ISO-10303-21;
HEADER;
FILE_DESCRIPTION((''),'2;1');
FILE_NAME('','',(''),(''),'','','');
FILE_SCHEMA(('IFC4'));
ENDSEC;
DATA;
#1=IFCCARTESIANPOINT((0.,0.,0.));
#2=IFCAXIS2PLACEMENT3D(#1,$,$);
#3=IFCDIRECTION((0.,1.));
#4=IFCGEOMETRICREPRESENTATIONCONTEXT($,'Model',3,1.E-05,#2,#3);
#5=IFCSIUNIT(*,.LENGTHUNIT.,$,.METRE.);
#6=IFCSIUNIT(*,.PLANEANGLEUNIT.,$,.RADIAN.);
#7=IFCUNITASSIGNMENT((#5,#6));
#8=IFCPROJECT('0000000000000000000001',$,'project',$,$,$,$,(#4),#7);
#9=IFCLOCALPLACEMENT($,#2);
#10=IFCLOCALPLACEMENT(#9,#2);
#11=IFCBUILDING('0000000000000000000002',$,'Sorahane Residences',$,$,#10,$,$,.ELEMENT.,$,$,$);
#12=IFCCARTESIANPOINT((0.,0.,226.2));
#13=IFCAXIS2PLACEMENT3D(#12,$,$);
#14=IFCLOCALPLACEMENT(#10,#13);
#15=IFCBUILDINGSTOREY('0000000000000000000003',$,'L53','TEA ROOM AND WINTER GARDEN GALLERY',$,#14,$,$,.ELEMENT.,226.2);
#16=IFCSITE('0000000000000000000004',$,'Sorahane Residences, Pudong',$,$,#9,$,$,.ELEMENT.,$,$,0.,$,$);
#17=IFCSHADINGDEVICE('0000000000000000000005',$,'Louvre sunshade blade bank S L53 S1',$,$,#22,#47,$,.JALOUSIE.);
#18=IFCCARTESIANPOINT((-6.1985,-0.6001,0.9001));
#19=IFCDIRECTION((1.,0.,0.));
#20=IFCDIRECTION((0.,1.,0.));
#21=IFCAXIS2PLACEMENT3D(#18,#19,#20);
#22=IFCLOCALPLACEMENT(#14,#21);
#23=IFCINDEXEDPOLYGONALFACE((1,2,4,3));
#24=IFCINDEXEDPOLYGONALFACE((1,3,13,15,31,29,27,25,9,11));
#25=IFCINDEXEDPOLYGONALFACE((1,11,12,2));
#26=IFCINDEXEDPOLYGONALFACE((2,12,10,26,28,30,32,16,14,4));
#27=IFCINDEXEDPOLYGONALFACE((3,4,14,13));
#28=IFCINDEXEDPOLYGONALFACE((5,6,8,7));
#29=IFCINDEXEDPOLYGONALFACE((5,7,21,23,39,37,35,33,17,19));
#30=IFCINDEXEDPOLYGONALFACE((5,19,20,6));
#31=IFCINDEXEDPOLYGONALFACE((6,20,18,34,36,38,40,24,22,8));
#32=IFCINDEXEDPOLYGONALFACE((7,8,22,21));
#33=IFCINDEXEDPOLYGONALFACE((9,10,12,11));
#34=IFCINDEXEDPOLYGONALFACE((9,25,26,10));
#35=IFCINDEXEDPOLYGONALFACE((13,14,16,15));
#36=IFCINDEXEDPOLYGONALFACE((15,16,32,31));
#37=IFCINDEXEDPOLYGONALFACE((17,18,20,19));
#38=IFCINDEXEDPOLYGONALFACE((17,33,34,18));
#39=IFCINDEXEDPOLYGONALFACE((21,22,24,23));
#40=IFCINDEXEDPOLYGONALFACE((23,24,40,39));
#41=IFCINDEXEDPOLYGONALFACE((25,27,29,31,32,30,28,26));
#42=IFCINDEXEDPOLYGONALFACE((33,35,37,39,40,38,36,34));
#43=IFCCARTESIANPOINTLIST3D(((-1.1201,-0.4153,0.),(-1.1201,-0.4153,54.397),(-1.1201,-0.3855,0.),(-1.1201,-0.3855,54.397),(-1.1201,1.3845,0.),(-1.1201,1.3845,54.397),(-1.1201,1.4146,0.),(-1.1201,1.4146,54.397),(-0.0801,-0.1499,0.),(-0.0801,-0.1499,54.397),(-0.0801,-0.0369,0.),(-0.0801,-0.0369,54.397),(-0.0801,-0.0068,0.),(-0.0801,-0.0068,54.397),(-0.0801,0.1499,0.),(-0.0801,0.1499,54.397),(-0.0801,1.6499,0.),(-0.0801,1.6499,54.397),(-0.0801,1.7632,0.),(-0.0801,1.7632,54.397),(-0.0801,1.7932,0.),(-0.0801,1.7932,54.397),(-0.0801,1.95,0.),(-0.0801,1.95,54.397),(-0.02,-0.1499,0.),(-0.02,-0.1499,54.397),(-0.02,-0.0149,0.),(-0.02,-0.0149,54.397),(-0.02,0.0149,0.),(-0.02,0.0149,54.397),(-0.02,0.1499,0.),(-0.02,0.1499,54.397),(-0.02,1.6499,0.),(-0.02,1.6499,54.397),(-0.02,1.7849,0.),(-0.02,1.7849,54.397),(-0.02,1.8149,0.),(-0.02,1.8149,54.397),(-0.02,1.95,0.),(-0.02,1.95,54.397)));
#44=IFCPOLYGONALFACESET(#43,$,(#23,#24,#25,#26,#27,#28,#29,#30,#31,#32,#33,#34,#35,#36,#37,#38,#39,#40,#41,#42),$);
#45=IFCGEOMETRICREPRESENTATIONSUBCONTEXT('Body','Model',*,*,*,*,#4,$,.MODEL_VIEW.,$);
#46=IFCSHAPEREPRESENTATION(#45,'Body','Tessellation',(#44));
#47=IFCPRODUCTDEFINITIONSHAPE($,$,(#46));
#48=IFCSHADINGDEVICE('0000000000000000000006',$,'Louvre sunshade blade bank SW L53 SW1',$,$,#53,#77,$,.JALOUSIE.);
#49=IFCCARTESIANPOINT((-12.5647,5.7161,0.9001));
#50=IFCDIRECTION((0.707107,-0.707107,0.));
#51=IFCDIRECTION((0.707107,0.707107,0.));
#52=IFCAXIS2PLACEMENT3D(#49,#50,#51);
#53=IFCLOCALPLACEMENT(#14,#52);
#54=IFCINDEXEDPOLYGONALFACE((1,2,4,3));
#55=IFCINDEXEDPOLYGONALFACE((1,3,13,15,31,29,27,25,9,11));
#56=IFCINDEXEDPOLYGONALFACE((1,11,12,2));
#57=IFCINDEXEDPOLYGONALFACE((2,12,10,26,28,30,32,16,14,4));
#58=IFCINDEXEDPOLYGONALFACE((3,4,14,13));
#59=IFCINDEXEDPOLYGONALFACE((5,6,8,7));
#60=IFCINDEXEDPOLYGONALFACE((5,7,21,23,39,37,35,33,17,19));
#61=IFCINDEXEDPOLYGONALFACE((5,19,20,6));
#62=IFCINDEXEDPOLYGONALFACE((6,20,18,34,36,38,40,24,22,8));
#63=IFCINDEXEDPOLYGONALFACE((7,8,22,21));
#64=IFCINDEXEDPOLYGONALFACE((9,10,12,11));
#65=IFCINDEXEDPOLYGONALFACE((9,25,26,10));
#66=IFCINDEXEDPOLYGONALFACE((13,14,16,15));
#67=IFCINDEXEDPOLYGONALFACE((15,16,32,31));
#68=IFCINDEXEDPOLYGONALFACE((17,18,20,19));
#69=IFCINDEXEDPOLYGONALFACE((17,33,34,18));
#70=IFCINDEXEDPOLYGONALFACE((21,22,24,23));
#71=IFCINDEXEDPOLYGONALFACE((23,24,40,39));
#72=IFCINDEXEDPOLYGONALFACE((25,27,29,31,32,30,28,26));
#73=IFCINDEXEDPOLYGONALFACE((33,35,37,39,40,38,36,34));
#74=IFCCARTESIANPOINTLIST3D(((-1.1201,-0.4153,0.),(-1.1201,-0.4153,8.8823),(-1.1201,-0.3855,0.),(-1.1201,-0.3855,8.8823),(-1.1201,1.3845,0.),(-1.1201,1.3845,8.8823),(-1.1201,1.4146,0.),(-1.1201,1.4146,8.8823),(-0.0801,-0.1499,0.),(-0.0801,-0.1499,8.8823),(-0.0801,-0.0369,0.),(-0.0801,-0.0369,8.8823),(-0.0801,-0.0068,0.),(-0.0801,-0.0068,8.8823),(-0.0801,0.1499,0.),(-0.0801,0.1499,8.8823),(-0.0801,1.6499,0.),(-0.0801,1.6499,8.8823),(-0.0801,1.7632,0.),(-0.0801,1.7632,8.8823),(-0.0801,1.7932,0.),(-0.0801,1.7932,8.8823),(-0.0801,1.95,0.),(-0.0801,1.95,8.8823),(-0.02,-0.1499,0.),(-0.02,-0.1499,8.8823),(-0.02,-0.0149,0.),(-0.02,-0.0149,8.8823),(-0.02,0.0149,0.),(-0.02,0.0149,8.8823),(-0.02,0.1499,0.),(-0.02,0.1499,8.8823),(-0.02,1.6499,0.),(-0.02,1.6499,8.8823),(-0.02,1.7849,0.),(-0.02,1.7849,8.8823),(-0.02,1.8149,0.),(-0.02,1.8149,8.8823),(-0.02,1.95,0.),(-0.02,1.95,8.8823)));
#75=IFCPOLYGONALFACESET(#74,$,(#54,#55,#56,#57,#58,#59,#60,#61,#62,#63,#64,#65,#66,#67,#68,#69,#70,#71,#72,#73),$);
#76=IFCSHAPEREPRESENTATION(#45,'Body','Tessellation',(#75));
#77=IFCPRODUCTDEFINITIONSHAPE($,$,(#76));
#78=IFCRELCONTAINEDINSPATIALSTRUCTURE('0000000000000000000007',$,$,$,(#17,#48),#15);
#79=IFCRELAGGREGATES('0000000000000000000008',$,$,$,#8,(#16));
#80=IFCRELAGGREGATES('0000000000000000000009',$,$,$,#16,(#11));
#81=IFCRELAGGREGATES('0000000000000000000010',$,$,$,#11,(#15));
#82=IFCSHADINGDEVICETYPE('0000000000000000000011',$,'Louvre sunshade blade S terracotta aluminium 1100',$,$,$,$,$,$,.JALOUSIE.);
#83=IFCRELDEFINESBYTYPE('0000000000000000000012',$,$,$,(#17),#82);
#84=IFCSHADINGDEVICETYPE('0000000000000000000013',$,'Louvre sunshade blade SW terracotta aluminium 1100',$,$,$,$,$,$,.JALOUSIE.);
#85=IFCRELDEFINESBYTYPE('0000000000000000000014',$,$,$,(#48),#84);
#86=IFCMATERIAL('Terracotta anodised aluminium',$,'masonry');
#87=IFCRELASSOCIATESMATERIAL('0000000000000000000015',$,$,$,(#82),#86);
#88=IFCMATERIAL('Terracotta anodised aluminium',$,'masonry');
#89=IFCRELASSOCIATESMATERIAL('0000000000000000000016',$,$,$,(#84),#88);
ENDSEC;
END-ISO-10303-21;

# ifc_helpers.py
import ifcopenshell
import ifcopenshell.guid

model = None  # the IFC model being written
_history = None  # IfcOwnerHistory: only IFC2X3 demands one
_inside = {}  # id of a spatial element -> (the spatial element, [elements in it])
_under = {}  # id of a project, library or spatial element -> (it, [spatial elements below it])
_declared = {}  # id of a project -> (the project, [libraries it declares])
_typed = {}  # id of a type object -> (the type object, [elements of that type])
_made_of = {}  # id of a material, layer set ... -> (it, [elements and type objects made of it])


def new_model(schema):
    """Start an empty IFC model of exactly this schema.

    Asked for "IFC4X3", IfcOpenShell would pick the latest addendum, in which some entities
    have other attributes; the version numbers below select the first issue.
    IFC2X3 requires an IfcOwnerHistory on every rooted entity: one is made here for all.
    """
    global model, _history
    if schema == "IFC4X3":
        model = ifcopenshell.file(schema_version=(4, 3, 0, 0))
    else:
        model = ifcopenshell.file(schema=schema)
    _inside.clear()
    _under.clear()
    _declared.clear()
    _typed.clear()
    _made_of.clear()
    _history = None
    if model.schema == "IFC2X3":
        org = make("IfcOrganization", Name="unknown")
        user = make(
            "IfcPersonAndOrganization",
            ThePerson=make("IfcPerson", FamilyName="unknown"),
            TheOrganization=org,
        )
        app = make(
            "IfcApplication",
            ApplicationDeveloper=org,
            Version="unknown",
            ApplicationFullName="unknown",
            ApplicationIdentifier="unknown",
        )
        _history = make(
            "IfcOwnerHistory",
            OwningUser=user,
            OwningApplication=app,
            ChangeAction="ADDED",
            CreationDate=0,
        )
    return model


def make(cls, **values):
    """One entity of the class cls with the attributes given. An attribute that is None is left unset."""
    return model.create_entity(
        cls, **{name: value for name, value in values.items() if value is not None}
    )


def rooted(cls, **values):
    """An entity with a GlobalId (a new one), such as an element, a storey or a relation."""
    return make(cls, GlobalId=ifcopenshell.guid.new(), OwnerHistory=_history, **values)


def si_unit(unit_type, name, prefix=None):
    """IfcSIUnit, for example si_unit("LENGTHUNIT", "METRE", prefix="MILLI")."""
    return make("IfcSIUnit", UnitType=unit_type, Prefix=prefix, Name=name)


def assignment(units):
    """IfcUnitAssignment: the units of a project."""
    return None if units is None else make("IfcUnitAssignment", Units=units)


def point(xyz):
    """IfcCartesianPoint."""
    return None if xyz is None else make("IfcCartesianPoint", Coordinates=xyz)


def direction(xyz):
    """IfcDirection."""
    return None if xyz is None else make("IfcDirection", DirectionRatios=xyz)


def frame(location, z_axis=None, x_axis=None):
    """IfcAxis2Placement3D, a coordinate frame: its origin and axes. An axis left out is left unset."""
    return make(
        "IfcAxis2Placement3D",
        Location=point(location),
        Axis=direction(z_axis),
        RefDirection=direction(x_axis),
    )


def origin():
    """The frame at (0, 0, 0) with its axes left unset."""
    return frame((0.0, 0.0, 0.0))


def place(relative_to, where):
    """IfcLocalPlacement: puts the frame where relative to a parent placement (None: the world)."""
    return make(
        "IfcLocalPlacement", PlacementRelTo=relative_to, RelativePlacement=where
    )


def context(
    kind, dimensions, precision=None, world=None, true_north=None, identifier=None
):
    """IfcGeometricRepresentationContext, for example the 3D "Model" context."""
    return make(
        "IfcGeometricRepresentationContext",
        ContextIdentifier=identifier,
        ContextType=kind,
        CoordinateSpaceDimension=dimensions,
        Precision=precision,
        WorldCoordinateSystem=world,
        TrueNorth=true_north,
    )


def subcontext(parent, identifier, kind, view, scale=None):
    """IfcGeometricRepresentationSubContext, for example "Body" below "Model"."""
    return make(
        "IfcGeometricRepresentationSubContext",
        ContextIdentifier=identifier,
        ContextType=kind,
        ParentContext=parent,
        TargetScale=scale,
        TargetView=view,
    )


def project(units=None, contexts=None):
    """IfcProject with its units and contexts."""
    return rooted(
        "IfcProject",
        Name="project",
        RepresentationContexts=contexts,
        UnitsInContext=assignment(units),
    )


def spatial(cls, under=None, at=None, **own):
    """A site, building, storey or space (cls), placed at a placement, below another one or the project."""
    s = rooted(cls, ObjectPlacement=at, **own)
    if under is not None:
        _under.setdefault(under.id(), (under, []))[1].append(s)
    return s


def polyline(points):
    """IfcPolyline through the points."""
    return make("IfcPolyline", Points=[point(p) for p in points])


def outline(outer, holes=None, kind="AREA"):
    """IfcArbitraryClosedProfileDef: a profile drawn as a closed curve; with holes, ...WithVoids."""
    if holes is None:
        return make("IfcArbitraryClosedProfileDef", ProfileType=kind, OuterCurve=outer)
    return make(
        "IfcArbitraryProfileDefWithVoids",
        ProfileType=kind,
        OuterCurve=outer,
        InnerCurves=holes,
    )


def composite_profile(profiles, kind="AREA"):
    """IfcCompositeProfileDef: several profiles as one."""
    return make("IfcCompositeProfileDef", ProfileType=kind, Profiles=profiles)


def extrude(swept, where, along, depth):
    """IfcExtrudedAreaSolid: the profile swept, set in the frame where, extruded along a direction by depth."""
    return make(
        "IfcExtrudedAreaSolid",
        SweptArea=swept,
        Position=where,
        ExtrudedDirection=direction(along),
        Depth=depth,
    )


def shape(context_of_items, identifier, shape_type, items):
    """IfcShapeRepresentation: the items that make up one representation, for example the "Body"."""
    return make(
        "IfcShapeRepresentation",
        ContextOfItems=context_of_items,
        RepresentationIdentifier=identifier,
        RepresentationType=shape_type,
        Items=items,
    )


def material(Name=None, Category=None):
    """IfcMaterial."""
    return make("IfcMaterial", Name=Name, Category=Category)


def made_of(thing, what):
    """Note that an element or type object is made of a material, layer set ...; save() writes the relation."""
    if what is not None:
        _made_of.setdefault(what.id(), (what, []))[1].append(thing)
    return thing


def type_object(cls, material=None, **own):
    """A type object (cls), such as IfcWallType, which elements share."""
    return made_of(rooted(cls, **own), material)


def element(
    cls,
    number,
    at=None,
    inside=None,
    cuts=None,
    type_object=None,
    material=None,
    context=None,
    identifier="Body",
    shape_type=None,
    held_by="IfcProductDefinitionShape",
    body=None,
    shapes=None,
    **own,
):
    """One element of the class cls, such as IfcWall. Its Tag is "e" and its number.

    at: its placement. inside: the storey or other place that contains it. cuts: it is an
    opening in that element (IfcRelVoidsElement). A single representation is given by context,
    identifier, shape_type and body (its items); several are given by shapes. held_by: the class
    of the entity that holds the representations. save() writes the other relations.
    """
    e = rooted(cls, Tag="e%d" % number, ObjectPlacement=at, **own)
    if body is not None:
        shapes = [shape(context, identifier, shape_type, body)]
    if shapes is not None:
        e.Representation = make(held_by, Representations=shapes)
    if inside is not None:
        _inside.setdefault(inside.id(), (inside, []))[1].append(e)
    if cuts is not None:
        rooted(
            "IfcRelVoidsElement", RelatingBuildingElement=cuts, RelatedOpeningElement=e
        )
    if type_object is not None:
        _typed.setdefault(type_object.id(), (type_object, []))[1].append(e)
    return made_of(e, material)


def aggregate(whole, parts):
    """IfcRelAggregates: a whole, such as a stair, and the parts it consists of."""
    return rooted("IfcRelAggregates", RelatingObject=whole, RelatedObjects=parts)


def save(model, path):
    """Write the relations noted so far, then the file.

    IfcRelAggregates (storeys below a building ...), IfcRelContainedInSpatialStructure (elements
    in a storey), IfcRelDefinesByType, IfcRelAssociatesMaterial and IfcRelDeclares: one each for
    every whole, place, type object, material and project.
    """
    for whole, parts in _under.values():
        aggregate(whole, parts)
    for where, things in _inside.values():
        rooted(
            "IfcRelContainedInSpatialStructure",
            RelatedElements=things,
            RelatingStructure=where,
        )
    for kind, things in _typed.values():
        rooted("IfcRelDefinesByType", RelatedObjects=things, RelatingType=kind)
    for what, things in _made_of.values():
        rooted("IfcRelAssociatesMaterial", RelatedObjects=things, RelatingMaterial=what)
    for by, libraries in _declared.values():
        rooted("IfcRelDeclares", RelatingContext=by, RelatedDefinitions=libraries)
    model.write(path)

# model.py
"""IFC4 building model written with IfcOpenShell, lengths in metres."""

from ifc_helpers import new_model, si_unit, direction, frame, origin, place, context, subcontext, project, spatial, polyline, outline, composite_profile, extrude, material, type_object, element, save


model = new_model("IFC4")

# Units and contexts
model_context = context("Model", 3, precision=1e-05, world=origin(), true_north=direction((0.0, 1.0)))
body_context = subcontext(model_context, "Body", "Model", "MODEL_VIEW")
ifc_project = project(units=[si_unit("LENGTHUNIT", "METRE"), si_unit("PLANEANGLEUNIT", "RADIAN")], contexts=[model_context])

# Site, building, storey
site_placement = place(None, origin())
site = spatial("IfcSite", under=ifc_project, at=site_placement, Name="Sorahane Residences, Pudong", CompositionType="ELEMENT", RefElevation=0.0)
building_placement = place(site_placement, origin())
building = spatial("IfcBuilding", under=site, at=building_placement, Name="Sorahane Residences", CompositionType="ELEMENT")
storey_placement = place(building_placement, frame((0.0, 0.0, 226.2)))
storey = spatial("IfcBuildingStorey", under=building, at=storey_placement, Name="L53", Description="TEA ROOM AND WINTER GARDEN GALLERY", CompositionType="ELEMENT", Elevation=226.2)

# Shading devices
ifc_material_1 = material(Name="Terracotta anodised aluminium", Category="masonry")
shading_device_type_1 = type_object("IfcShadingDeviceType", Name="Louvre sunshade blade S terracotta aluminium 1100", PredefinedType="JALOUSIE", material=ifc_material_1)
shading_device_1_placement = place(storey_placement, frame((-6.1985, -0.6001, 0.9001), z_axis=(1.0, 0.0, 0.0), x_axis=(0.0, 1.0, 0.0)))
element("IfcShadingDevice", 1, at=shading_device_1_placement, inside=storey, type_object=shading_device_type_1, Name="Louvre sunshade blade bank S L53 S1", PredefinedType="JALOUSIE", context=body_context, shape_type="SweptSolid", body=[
    extrude(composite_profile([outline(polyline([(-1.1201, -0.3855), (-1.1201, -0.4153), (-0.0801, -0.0369), (-0.0801, -0.1499), (-0.02, -0.1499), (-0.02, -0.0149), (-0.02, 0.0149), (-0.02, 0.1499), (-0.0801, 0.1499), (-0.0801, -0.0068), (-1.1201, -0.3855)])), outline(polyline([(-1.1201, 1.4146), (-1.1201, 1.3845), (-0.0801, 1.7632), (-0.0801, 1.6499), (-0.02, 1.6499), (-0.02, 1.7849), (-0.02, 1.8149), (-0.02, 1.95), (-0.0801, 1.95), (-0.0801, 1.7932), (-1.1201, 1.4146)]))]), origin(), (0.0, 0.0, 1.0), 54.397),
])
ifc_material_2 = material(Name="Terracotta anodised aluminium", Category="masonry")
shading_device_type_2 = type_object("IfcShadingDeviceType", Name="Louvre sunshade blade SW terracotta aluminium 1100", PredefinedType="JALOUSIE", material=ifc_material_2)
shading_device_2_placement = place(storey_placement, frame((-12.5647, 5.7161, 0.9001), z_axis=(0.707107, -0.707107, 0.0), x_axis=(0.707107, 0.707107, 0.0)))
element("IfcShadingDevice", 2, at=shading_device_2_placement, inside=storey, type_object=shading_device_type_2, Name="Louvre sunshade blade bank SW L53 SW1", PredefinedType="JALOUSIE", context=body_context, shape_type="SweptSolid", body=[
    extrude(composite_profile([outline(polyline([(-1.1201, -0.3855), (-1.1201, -0.4153), (-0.0801, -0.0369), (-0.0801, -0.1499), (-0.02, -0.1499), (-0.02, -0.0149), (-0.02, 0.0149), (-0.02, 0.1499), (-0.0801, 0.1499), (-0.0801, -0.0068), (-1.1201, -0.3855)])), outline(polyline([(-1.1201, 1.4146), (-1.1201, 1.3845), (-0.0801, 1.7632), (-0.0801, 1.6499), (-0.02, 1.6499), (-0.02, 1.7849), (-0.02, 1.8149), (-0.02, 1.95), (-0.0801, 1.95), (-0.0801, 1.7932), (-1.1201, 1.4146)]))]), origin(), (0.0, 0.0, 1.0), 8.8823),
])

save(model, "model.ifc")
